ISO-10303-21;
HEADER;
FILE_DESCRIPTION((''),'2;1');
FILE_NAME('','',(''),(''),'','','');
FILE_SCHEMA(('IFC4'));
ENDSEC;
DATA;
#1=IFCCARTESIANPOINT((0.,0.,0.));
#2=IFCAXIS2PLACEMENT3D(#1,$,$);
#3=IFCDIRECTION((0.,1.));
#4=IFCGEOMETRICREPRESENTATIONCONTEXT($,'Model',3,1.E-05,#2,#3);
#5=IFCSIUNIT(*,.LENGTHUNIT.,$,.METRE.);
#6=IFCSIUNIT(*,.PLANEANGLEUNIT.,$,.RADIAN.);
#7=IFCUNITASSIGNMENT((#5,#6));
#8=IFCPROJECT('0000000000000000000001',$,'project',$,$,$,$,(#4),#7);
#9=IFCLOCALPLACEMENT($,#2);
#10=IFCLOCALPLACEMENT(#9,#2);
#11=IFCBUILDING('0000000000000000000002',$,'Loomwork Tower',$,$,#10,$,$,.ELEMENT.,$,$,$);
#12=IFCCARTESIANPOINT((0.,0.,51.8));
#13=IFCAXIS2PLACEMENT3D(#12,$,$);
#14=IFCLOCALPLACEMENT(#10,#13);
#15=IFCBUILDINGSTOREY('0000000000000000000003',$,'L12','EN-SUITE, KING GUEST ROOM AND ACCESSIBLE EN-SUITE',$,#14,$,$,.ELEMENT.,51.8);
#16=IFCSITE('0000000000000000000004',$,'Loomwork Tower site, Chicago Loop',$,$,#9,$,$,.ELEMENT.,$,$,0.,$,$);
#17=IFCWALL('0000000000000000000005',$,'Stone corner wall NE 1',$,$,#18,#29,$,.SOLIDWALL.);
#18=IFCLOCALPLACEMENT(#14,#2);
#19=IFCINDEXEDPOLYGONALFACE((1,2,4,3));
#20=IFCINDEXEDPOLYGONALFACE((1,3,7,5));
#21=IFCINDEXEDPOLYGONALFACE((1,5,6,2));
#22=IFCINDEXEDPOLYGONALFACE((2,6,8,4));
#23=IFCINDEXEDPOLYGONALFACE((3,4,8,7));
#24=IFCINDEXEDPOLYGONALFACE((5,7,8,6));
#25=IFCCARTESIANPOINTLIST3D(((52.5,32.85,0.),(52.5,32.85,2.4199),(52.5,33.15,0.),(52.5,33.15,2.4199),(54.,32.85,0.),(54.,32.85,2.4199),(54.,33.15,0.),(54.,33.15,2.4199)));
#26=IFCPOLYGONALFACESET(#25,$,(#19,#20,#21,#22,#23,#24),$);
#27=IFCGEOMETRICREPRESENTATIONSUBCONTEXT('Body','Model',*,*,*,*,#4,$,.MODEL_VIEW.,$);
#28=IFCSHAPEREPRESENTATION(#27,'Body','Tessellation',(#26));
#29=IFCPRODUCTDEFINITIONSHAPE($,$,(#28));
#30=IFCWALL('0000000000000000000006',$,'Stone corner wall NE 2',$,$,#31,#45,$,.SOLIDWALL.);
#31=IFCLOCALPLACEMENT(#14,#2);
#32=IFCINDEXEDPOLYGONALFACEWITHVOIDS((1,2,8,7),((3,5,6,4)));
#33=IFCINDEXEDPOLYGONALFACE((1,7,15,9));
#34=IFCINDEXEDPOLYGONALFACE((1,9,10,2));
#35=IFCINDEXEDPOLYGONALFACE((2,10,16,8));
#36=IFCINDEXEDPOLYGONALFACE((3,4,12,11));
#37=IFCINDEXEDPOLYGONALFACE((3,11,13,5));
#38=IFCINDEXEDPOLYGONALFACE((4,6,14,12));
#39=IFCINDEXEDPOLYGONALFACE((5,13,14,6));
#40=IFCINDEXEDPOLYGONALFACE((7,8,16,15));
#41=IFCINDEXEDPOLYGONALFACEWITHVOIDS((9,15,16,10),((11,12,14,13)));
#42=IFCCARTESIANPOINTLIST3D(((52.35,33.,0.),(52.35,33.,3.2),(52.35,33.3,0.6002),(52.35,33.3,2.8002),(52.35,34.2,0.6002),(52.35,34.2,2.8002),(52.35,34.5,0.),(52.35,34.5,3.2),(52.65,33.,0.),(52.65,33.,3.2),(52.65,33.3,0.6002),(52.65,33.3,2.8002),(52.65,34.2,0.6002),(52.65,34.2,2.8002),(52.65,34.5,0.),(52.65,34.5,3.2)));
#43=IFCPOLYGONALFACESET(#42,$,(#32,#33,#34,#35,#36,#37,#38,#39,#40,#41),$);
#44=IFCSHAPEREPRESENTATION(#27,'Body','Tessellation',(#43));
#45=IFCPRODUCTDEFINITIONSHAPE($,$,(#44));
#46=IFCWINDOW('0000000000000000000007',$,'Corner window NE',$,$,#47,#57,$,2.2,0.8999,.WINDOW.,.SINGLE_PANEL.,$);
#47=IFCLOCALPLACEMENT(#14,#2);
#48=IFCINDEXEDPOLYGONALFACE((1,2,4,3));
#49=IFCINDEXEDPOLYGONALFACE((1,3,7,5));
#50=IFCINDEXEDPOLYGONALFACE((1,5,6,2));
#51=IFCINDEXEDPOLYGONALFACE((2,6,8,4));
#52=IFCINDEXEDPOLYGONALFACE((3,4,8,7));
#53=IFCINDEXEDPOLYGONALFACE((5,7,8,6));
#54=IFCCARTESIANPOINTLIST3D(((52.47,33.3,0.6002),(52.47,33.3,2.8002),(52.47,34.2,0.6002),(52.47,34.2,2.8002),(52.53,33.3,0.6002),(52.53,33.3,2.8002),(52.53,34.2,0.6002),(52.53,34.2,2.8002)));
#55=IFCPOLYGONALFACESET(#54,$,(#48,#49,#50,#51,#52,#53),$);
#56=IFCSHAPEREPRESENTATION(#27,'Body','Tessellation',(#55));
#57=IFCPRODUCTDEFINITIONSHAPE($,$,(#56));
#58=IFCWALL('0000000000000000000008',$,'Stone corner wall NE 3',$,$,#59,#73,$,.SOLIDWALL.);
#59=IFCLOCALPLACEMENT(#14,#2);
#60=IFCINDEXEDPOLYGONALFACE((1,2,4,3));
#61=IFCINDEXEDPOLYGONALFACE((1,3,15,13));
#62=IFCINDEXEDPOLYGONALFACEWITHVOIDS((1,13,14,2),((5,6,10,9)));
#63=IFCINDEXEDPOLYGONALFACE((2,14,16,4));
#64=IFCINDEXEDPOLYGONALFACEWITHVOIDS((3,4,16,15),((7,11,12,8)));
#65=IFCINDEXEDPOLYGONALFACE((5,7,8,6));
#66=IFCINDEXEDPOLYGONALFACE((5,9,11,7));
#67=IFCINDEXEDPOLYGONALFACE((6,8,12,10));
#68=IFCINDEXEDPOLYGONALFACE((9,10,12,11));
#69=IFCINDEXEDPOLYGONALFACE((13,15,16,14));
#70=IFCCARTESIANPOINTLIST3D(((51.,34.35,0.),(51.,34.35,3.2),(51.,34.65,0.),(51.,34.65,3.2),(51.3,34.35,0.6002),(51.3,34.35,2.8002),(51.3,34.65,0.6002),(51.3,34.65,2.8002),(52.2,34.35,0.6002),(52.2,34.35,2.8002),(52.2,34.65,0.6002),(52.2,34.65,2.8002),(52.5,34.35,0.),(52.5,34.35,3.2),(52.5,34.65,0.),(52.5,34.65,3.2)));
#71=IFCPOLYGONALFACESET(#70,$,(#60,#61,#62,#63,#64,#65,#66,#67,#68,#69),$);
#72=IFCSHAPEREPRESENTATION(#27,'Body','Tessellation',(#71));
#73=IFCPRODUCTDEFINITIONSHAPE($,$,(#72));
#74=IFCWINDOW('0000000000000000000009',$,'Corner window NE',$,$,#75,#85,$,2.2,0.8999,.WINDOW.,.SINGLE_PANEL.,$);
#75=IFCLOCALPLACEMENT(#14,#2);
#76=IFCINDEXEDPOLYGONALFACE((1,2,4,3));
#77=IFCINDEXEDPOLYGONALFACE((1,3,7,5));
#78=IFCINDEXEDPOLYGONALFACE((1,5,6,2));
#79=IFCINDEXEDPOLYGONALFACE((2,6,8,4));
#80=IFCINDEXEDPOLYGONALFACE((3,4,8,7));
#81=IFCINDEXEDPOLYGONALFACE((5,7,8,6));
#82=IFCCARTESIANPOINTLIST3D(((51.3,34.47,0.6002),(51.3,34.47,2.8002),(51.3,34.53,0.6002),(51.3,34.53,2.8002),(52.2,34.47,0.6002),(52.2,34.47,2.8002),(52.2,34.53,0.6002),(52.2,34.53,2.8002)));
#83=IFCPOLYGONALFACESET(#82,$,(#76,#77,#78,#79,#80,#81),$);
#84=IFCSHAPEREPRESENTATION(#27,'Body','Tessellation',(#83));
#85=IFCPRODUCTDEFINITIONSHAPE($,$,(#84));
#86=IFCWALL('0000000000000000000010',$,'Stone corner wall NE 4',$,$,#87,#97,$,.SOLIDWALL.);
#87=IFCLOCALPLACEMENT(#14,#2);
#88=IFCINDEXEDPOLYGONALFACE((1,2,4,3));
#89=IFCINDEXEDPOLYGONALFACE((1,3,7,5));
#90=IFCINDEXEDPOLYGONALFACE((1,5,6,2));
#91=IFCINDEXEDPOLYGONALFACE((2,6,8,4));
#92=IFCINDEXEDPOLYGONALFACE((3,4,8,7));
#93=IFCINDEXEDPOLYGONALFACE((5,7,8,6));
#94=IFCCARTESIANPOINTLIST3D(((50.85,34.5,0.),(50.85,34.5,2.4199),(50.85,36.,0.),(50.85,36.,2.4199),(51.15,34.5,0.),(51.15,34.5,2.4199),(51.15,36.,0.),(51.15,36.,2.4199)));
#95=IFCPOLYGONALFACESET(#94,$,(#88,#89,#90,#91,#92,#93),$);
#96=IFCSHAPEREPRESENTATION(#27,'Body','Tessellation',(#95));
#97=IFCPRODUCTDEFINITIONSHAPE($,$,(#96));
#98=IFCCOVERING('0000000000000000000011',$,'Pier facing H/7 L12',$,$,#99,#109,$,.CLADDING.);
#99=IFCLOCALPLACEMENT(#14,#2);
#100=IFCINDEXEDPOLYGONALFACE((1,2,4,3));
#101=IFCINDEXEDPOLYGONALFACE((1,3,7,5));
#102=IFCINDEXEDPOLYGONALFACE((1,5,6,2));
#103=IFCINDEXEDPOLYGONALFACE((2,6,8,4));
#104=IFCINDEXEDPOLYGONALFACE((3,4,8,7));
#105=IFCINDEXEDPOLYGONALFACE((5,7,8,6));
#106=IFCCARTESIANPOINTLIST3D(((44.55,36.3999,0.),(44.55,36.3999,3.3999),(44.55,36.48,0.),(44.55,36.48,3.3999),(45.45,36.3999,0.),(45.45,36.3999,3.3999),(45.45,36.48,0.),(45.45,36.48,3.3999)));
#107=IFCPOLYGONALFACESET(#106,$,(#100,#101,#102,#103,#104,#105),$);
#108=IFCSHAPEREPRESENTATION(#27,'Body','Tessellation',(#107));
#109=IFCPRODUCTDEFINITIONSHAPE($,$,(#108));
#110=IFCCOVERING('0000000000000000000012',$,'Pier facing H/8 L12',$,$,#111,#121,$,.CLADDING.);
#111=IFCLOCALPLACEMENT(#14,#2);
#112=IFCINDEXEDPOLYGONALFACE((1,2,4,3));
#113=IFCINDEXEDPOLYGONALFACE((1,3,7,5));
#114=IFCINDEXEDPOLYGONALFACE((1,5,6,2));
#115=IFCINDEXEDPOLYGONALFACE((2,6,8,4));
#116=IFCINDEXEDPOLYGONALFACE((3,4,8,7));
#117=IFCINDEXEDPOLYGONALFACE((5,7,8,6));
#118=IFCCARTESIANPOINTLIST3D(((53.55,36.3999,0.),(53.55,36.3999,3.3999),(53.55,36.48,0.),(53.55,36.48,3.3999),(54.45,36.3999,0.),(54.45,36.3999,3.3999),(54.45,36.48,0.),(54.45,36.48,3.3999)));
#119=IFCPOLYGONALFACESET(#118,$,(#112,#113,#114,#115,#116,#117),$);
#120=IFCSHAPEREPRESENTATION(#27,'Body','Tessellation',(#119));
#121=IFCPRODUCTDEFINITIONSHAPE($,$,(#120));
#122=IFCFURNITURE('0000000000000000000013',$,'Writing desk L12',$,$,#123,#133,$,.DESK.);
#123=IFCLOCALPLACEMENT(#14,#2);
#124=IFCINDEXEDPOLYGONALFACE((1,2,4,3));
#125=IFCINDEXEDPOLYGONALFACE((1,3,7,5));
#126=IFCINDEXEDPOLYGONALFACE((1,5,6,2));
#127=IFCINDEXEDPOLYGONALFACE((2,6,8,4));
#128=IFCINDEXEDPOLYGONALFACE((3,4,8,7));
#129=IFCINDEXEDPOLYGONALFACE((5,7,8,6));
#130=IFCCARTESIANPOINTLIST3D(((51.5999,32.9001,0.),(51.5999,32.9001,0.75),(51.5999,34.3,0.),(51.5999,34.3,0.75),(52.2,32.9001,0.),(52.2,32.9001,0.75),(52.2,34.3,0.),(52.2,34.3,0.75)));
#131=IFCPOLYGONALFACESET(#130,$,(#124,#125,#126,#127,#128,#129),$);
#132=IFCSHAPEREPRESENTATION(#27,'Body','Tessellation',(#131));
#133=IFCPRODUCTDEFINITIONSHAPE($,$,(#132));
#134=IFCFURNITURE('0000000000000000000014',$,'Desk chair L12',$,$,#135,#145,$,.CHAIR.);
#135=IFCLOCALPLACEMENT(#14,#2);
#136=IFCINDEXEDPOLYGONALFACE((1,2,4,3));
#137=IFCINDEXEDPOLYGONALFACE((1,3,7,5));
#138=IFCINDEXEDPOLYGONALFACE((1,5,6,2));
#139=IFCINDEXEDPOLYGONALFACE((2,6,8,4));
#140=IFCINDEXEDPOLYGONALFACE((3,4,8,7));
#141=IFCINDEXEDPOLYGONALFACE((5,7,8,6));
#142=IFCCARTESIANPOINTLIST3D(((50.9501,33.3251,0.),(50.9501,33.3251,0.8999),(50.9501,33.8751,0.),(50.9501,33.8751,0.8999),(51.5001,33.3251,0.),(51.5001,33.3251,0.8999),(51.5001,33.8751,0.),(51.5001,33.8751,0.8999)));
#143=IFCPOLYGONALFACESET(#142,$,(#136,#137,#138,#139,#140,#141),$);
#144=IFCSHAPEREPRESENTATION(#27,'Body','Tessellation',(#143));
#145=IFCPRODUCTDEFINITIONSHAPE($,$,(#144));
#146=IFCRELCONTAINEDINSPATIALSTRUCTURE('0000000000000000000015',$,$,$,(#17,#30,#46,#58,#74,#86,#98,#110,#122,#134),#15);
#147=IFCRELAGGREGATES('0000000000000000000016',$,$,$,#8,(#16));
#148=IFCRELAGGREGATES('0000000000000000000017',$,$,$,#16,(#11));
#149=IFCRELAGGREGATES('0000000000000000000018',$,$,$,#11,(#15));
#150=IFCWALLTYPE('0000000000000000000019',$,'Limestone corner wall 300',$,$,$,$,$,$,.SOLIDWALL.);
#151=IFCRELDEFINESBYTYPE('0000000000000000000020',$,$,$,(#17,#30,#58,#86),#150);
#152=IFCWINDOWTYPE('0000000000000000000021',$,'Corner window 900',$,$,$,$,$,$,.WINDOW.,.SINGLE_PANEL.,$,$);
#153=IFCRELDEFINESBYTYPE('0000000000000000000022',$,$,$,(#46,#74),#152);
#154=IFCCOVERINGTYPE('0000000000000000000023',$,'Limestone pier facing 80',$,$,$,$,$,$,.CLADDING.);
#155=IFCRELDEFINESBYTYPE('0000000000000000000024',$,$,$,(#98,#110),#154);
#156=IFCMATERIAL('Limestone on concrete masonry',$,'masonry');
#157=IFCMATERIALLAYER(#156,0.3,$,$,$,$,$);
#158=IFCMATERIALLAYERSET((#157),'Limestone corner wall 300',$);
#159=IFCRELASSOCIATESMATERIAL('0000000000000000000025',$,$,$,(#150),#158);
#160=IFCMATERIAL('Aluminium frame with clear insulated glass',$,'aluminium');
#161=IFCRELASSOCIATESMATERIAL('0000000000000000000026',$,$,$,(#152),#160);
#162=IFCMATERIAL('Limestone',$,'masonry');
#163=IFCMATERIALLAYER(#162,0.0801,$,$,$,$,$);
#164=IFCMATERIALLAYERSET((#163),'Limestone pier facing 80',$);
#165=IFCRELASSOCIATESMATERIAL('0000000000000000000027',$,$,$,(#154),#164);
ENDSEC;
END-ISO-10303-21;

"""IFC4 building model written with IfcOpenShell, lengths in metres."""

from ifc_helpers import new_model, si_unit, direction, frame, frame_2d, origin, origin_2d, place, context, subcontext, project, spatial, rectangle, extrude, material, layer, layer_set, type_object, element, fill, save


model = new_model("IFC4")

# Units and contexts
model_context = context("Model", 3, precision=1e-05, world=origin(), true_north=direction((0.0, 1.0)))
body_context = subcontext(model_context, "Body", "Model", "MODEL_VIEW")
ifc_project = project(units=[si_unit("LENGTHUNIT", "METRE"), si_unit("PLANEANGLEUNIT", "RADIAN")], contexts=[model_context])

# Site, building, storey
site_placement = place(None, origin())
site = spatial("IfcSite", under=ifc_project, at=site_placement, Name="Loomwork Tower site, Chicago Loop", CompositionType="ELEMENT", RefElevation=0.0)
building_placement = place(site_placement, origin())
building = spatial("IfcBuilding", under=site, at=building_placement, Name="Loomwork Tower", CompositionType="ELEMENT")
storey_placement = place(building_placement, frame((0.0, 0.0, 51.8)))
storey = spatial("IfcBuildingStorey", under=building, at=storey_placement, Name="L12", Description="EN-SUITE, KING GUEST ROOM AND ACCESSIBLE EN-SUITE", CompositionType="ELEMENT", Elevation=51.8)

# Wall
ifc_material_1 = material(Name="Limestone on concrete masonry", Category="masonry")
ifc_layer_1 = layer(ifc_material_1, 0.3)
ifc_layer_set_1 = layer_set([ifc_layer_1], Name="Limestone corner wall 300")
wall_type_1 = type_object("IfcWallType", Name="Limestone corner wall 300", PredefinedType="SOLIDWALL", material=ifc_layer_set_1)
wall_1_placement = place(storey_placement, frame((54.0, 33.0, 0.0), z_axis=(0.0, 0.0, 1.0), x_axis=(-1.0, 0.0, 0.0)))
element("IfcWall", 1, at=wall_1_placement, inside=storey, type_object=wall_type_1, Name="Stone corner wall NE 1", PredefinedType="SOLIDWALL", context=body_context, shape_type="SweptSolid", body=[
    extrude(rectangle(XDim=1.5, YDim=0.3, at=frame_2d((0.75, 0.0))), origin(), (0.0, 0.0, 1.0), 2.4199),
])

# Walls, openings, windows
wall_2_placement = place(storey_placement, frame((52.5, 33.0, 0.0), z_axis=(0.0, 0.0, 1.0), x_axis=(0.0, 1.0, 0.0)))
wall_2 = element("IfcWall", 2, at=wall_2_placement, inside=storey, type_object=wall_type_1, Name="Stone corner wall NE 2", PredefinedType="SOLIDWALL", context=body_context, shape_type="SweptSolid", body=[
    extrude(rectangle(XDim=1.5, YDim=0.3, at=frame_2d((0.75, 0.0))), origin(), (0.0, 0.0, 1.0), 3.2),
])
opening_1_placement = place(wall_2_placement, frame((0.3, 0.0, 0.6001)))
opening_1 = element("IfcOpeningElement", 3, at=opening_1_placement, cuts=wall_2, PredefinedType="OPENING", context=body_context, shape_type="SweptSolid", body=[
    extrude(rectangle(XDim=0.8999, YDim=2.2, at=frame_2d((0.45, 1.1001))), frame((0.0, 0.1599, 0.0), z_axis=(0.0, -1.0, 0.0), x_axis=(1.0, 0.0, 0.0)), (0.0, 0.0, 1.0), 0.3201),
])
ifc_material_2 = material(Name="Aluminium frame with clear insulated glass", Category="aluminium")
window_type_1 = type_object("IfcWindowType", Name="Corner window 900", PartitioningType="SINGLE_PANEL", PredefinedType="WINDOW", material=ifc_material_2)
window_1_placement = place(opening_1_placement, origin())
window_1 = element("IfcWindow", 4, at=window_1_placement, inside=storey, type_object=window_type_1, Name="Corner window NE", OverallHeight=2.2, OverallWidth=0.8999, PartitioningType="SINGLE_PANEL", PredefinedType="WINDOW", context=body_context, shape_type="SweptSolid", body=[
    extrude(rectangle(XDim=0.8999, YDim=2.2, at=frame_2d((0.45, 1.1001))), frame((0.0, 0.03, 0.0), z_axis=(0.0, -1.0, 0.0), x_axis=(1.0, 0.0, 0.0)), (0.0, 0.0, 1.0), 0.0601),
])
fill(opening_1, window_1)
wall_3_placement = place(storey_placement, frame((52.5, 34.5, 0.0), z_axis=(0.0, 0.0, 1.0), x_axis=(-1.0, 0.0, 0.0)))
wall_3 = element("IfcWall", 5, at=wall_3_placement, inside=storey, type_object=wall_type_1, Name="Stone corner wall NE 3", PredefinedType="SOLIDWALL", context=body_context, shape_type="SweptSolid", body=[
    extrude(rectangle(XDim=1.5, YDim=0.3, at=frame_2d((0.75, 0.0))), origin(), (0.0, 0.0, 1.0), 3.2),
])
opening_2_placement = place(wall_3_placement, frame((0.3, 0.0, 0.6001)))
opening_2 = element("IfcOpeningElement", 6, at=opening_2_placement, cuts=wall_3, PredefinedType="OPENING", context=body_context, shape_type="SweptSolid", body=[
    extrude(rectangle(XDim=0.8999, YDim=2.2, at=frame_2d((0.45, 1.1001))), frame((0.0, 0.1599, 0.0), z_axis=(0.0, -1.0, 0.0), x_axis=(1.0, 0.0, 0.0)), (0.0, 0.0, 1.0), 0.3201),
])
window_2_placement = place(opening_2_placement, origin())
window_2 = element("IfcWindow", 7, at=window_2_placement, inside=storey, type_object=window_type_1, Name="Corner window NE", OverallHeight=2.2, OverallWidth=0.8999, PartitioningType="SINGLE_PANEL", PredefinedType="WINDOW", context=body_context, shape_type="SweptSolid", body=[
    extrude(rectangle(XDim=0.8999, YDim=2.2, at=frame_2d((0.45, 1.1001))), frame((0.0, 0.03, 0.0), z_axis=(0.0, -1.0, 0.0), x_axis=(1.0, 0.0, 0.0)), (0.0, 0.0, 1.0), 0.0601),
])
fill(opening_2, window_2)

# Wall
wall_4_placement = place(storey_placement, frame((51.0, 34.5, 0.0), z_axis=(0.0, 0.0, 1.0), x_axis=(0.0, 1.0, 0.0)))
element("IfcWall", 8, at=wall_4_placement, inside=storey, type_object=wall_type_1, Name="Stone corner wall NE 4", PredefinedType="SOLIDWALL", context=body_context, shape_type="SweptSolid", body=[
    extrude(rectangle(XDim=1.5, YDim=0.3, at=frame_2d((0.75, 0.0))), origin(), (0.0, 0.0, 1.0), 2.4199),
])

# Coverings
ifc_material_3 = material(Name="Limestone", Category="masonry")
ifc_layer_2 = layer(ifc_material_3, 0.0801)
ifc_layer_set_2 = layer_set([ifc_layer_2], Name="Limestone pier facing 80")
covering_type = type_object("IfcCoveringType", Name="Limestone pier facing 80", PredefinedType="CLADDING", material=ifc_layer_set_2)
for number, where, z_axis, x_axis, name in (
    (9, (45.0, 36.4399, 0.0), (0.0, 0.0, 1.0), (1.0, 0.0, 0.0), "Pier facing H/7 L12"),
    (10, (54.0, 36.4399, 0.0), (0.0, 0.0, 1.0), (1.0, 0.0, 0.0), "Pier facing H/8 L12"),
):
    element("IfcCovering", number, at=place(storey_placement, frame(where, z_axis=z_axis, x_axis=x_axis)), inside=storey, type_object=covering_type, Name=name, PredefinedType="CLADDING", context=body_context, shape_type="SweptSolid", body=[
        extrude(rectangle(XDim=0.8999, YDim=0.0801, at=origin_2d()), origin(), (0.0, 0.0, 1.0), 3.3999),
    ])

# Furniture
furniture_1_placement = place(storey_placement, frame((51.8999, 33.6001, 0.0), z_axis=(0.0, 0.0, 1.0), x_axis=(1.0, 0.0, 0.0)))
element("IfcFurniture", 11, at=furniture_1_placement, inside=storey, Name="Writing desk L12", PredefinedType="DESK", context=body_context, shape_type="SweptSolid", body=[
    extrude(rectangle(XDim=0.6001, YDim=1.3999, at=origin_2d()), origin(), (0.0, 0.0, 1.0), 0.75),
])
furniture_2_placement = place(storey_placement, frame((51.2251, 33.6001, 0.0), z_axis=(0.0, 0.0, 1.0), x_axis=(1.0, 0.0, 0.0)))
element("IfcFurniture", 12, at=furniture_2_placement, inside=storey, Name="Desk chair L12", PredefinedType="CHAIR", context=body_context, shape_type="SweptSolid", body=[
    extrude(rectangle(XDim=0.55, YDim=0.55, at=origin_2d()), origin(), (0.0, 0.0, 1.0), 0.8999),
])

save(model, "model.ifc")
